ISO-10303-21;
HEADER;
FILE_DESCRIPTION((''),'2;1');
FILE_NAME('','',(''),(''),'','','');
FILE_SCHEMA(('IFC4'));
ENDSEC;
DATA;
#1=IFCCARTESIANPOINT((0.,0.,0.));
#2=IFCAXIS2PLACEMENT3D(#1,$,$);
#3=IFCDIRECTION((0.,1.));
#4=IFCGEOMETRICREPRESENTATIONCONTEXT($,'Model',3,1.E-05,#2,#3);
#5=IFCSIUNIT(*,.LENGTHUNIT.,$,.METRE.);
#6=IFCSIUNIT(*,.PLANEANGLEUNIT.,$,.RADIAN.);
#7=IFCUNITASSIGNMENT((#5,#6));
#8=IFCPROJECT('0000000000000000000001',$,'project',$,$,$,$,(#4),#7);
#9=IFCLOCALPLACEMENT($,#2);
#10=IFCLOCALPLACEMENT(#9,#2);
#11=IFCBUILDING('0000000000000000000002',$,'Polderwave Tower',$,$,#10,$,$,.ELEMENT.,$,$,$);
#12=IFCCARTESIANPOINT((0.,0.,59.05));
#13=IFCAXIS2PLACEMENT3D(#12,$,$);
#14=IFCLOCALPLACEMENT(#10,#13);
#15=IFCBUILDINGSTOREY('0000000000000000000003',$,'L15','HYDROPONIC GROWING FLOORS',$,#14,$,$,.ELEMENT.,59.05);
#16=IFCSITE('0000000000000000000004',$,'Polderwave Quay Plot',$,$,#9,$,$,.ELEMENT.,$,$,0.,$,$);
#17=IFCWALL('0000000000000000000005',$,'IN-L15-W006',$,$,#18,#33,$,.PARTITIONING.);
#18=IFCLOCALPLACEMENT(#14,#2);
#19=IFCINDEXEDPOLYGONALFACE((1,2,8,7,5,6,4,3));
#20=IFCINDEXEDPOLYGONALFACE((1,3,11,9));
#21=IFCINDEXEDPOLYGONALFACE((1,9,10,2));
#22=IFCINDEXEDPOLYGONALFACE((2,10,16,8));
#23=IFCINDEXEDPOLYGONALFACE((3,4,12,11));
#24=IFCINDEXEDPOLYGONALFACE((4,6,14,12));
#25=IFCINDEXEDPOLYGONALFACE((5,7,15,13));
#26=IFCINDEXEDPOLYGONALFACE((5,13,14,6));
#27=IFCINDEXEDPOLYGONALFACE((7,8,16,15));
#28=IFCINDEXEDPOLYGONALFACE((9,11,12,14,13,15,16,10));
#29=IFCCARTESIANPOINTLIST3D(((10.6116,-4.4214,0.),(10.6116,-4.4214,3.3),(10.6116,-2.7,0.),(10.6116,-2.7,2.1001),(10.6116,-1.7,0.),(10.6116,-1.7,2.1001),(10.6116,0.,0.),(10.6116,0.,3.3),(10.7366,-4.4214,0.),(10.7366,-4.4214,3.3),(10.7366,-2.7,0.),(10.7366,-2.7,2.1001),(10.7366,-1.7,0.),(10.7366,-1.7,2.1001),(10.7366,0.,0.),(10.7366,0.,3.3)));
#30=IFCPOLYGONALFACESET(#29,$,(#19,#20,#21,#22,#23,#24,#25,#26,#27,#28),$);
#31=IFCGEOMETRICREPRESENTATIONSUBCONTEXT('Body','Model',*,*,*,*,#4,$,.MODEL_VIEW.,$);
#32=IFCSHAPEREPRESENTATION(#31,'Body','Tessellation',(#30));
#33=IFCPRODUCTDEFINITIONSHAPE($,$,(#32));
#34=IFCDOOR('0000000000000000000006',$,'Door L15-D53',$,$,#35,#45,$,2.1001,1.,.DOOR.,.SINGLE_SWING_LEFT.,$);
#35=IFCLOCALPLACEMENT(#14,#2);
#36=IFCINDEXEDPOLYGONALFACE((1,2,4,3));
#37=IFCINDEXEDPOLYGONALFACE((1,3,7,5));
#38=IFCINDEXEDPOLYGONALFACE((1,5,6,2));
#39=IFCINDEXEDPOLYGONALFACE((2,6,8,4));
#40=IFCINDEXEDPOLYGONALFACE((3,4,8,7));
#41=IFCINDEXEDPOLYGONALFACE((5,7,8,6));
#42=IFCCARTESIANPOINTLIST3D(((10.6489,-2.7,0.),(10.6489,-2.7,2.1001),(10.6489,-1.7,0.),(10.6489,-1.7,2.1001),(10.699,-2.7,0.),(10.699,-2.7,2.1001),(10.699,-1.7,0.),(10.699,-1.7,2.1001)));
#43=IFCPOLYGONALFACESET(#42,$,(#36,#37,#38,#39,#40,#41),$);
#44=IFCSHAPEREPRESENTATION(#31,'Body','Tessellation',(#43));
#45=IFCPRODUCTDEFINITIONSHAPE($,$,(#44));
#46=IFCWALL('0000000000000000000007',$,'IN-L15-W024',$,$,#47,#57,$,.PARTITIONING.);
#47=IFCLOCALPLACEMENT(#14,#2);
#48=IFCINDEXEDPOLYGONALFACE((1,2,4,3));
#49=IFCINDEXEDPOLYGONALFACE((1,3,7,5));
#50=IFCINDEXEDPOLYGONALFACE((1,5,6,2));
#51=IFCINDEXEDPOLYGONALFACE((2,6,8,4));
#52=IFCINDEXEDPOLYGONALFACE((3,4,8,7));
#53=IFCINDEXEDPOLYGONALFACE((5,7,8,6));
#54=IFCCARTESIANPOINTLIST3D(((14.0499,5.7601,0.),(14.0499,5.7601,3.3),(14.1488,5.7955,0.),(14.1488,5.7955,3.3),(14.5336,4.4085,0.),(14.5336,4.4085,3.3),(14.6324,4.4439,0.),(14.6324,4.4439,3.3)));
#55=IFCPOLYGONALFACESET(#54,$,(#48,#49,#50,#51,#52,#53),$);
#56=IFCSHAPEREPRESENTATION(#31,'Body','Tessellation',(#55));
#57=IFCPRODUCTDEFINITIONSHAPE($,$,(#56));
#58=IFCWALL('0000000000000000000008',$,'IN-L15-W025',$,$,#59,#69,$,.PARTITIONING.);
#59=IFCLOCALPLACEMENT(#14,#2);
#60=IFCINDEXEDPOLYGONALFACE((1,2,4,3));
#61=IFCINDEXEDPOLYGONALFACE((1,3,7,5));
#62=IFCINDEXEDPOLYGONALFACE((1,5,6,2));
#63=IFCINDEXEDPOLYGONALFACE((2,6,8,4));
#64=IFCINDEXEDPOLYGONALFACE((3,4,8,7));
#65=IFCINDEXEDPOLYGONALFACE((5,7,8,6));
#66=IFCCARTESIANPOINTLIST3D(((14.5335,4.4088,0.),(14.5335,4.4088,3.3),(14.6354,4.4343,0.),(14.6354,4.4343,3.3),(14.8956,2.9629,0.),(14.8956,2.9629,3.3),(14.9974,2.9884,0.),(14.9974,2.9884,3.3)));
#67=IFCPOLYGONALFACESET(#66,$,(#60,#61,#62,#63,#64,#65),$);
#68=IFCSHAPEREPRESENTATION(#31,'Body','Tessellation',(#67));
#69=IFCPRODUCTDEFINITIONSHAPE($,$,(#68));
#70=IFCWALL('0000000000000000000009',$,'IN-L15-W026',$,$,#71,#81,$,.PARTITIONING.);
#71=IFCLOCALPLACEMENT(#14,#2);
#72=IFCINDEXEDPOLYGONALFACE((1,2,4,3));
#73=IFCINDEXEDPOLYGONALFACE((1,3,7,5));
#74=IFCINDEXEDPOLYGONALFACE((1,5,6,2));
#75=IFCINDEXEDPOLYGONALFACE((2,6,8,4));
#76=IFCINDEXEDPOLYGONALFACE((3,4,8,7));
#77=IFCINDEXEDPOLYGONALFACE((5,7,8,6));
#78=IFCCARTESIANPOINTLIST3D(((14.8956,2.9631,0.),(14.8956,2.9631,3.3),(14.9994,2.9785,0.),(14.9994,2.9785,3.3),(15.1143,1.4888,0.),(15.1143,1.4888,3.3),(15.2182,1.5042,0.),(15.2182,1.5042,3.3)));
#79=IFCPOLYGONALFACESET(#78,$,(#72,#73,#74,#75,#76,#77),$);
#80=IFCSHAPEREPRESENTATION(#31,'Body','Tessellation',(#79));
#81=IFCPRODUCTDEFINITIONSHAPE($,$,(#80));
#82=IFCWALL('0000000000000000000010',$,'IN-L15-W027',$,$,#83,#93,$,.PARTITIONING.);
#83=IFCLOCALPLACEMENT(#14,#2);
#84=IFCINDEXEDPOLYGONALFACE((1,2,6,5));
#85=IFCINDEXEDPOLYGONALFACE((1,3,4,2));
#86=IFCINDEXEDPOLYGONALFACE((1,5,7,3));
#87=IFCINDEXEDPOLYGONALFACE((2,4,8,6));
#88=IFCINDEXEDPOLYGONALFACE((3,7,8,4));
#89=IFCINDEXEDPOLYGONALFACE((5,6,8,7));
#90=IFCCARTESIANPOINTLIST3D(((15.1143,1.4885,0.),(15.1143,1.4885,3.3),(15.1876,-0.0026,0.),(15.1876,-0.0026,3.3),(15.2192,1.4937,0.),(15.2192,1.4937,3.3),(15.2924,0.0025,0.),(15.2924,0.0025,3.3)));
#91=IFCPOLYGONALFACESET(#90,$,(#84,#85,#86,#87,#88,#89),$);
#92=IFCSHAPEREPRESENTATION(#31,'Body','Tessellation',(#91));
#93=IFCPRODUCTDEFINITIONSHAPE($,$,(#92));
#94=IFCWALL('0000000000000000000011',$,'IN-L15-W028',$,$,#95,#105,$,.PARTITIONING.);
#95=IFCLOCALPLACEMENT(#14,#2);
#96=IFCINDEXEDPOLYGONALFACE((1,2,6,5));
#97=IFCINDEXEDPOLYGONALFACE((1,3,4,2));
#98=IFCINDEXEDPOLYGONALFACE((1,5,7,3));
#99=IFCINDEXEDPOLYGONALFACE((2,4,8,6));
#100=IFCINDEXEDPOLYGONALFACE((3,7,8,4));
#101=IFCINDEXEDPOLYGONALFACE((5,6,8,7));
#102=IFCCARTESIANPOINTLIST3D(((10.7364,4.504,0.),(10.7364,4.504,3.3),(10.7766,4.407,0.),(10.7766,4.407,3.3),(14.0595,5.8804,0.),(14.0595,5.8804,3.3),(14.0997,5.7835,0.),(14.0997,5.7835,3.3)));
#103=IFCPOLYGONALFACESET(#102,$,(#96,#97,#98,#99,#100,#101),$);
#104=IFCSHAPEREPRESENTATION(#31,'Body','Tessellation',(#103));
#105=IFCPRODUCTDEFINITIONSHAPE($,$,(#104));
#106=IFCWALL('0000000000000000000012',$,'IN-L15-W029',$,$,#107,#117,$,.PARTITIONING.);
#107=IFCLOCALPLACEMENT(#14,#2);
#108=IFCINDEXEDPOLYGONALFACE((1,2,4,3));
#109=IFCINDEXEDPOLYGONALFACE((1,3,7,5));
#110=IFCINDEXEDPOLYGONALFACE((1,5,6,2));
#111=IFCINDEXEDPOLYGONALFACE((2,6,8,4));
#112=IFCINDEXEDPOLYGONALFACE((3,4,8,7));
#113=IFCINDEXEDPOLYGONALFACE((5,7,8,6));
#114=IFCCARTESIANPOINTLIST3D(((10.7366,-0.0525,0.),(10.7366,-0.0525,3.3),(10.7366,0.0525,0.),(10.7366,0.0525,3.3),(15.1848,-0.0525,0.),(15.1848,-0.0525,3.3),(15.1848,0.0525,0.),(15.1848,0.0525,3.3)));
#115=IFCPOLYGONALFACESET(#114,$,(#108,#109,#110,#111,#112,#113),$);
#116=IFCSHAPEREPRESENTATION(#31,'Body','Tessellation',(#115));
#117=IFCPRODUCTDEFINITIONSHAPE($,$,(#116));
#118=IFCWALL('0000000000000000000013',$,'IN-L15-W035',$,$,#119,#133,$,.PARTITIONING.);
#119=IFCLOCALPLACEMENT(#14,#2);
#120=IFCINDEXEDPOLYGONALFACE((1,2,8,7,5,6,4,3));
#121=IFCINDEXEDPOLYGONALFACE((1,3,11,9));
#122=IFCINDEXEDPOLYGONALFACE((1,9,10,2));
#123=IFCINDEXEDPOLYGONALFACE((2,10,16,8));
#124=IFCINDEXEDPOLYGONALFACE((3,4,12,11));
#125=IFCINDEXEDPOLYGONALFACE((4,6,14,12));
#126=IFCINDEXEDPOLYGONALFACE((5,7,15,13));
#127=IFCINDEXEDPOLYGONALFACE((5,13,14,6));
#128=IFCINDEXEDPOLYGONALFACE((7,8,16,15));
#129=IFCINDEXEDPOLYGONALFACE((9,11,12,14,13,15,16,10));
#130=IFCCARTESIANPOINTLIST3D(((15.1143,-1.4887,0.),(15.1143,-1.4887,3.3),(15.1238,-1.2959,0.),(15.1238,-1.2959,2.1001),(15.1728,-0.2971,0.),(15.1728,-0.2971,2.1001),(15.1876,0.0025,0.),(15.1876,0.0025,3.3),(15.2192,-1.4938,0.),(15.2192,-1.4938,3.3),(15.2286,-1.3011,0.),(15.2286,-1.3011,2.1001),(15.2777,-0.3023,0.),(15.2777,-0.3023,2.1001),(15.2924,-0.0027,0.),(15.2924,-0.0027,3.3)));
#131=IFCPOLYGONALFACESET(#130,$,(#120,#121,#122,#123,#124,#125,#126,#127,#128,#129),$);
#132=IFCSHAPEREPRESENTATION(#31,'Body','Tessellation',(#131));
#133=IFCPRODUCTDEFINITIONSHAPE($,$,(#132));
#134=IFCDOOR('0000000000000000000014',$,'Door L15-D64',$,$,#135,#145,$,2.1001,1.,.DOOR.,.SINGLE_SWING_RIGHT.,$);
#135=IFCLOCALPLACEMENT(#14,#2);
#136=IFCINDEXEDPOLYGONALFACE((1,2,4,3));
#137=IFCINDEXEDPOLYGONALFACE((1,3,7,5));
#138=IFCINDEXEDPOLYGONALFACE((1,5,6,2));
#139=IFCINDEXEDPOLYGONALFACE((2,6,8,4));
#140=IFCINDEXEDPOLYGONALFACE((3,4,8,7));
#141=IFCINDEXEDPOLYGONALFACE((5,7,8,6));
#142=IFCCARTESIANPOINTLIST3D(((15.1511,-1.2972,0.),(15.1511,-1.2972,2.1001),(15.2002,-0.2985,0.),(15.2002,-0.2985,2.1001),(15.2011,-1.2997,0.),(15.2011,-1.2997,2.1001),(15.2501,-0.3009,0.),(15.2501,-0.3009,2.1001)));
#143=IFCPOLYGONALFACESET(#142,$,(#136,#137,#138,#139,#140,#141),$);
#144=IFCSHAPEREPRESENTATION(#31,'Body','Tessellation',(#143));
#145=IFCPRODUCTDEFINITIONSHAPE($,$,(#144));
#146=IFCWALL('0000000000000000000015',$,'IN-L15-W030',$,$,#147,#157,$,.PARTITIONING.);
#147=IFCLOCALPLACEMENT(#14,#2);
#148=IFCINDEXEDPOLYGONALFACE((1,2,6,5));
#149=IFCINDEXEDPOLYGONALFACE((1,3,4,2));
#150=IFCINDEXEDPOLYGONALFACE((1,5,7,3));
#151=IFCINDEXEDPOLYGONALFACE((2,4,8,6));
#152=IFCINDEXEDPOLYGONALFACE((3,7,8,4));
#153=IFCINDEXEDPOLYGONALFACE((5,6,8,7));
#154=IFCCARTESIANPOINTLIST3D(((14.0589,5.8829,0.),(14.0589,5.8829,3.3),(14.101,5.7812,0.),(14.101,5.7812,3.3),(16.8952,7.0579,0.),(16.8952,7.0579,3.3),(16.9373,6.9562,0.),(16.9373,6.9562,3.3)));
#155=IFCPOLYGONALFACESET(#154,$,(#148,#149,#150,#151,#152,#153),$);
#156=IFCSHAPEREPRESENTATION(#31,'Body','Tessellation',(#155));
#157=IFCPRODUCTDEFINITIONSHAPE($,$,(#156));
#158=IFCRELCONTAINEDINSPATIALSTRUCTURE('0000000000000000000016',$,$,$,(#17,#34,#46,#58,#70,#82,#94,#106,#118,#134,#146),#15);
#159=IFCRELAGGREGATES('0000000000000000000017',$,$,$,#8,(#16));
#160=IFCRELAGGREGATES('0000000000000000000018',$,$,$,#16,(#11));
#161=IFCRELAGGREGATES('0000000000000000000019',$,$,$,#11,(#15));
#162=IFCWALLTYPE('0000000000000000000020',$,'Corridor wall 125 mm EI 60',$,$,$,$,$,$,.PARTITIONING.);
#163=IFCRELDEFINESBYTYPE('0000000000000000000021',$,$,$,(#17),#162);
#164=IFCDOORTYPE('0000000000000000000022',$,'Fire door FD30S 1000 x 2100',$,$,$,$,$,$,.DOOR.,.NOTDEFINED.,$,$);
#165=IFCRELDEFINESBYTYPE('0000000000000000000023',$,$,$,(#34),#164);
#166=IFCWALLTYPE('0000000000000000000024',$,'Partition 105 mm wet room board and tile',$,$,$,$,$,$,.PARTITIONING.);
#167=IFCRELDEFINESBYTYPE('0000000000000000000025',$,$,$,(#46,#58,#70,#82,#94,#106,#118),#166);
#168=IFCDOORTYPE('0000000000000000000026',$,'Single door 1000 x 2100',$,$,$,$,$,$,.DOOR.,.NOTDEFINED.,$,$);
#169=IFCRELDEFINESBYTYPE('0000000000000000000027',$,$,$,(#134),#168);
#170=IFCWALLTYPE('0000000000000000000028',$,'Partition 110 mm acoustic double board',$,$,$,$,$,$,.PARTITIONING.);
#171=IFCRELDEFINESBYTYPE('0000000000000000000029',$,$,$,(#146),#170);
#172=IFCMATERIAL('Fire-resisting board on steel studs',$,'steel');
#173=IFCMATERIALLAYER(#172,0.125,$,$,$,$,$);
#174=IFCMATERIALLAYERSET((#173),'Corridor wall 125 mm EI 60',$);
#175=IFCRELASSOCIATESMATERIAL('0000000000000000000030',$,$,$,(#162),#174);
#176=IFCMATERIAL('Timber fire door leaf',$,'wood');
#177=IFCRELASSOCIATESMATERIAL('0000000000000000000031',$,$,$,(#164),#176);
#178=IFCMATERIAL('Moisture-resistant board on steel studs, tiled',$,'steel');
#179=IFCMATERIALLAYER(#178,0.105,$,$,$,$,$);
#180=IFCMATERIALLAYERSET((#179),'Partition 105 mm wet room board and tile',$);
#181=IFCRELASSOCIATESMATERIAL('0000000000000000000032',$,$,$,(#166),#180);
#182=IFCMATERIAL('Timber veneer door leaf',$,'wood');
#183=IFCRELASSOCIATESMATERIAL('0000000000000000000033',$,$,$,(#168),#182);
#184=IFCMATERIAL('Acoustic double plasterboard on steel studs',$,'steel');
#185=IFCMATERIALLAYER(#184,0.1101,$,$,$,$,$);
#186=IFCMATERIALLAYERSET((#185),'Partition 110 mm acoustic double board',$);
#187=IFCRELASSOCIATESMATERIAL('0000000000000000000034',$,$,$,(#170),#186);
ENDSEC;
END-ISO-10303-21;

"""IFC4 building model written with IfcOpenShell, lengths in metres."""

from ifc_helpers import new_model, si_unit, direction, frame, frame_2d, origin, place, context, subcontext, project, spatial, rectangle, extrude, material, layer, layer_set, type_object, element, fill, save


model = new_model("IFC4")

# Units and contexts
model_context = context("Model", 3, precision=1e-05, world=origin(), true_north=direction((0.0, 1.0)))
body_context = subcontext(model_context, "Body", "Model", "MODEL_VIEW")
ifc_project = project(units=[si_unit("LENGTHUNIT", "METRE"), si_unit("PLANEANGLEUNIT", "RADIAN")], contexts=[model_context])

# Site, building, storey
site_placement = place(None, origin())
site = spatial("IfcSite", under=ifc_project, at=site_placement, Name="Polderwave Quay Plot", CompositionType="ELEMENT", RefElevation=0.0)
building_placement = place(site_placement, origin())
building = spatial("IfcBuilding", under=site, at=building_placement, Name="Polderwave Tower", CompositionType="ELEMENT")
storey_placement = place(building_placement, frame((0.0, 0.0, 59.05)))
storey = spatial("IfcBuildingStorey", under=building, at=storey_placement, Name="L15", Description="HYDROPONIC GROWING FLOORS", CompositionType="ELEMENT", Elevation=59.05)

# Shared definitions
ifc_material_1 = material(Name="Fire-resisting board on steel studs", Category="steel")
ifc_layer_1 = layer(ifc_material_1, 0.125)
ifc_layer_set_1 = layer_set([ifc_layer_1], Name="Corridor wall 125 mm EI 60")
wall_type_1 = type_object("IfcWallType", Name="Corridor wall 125 mm EI 60", PredefinedType="PARTITIONING", material=ifc_layer_set_1)
ifc_material_2 = material(Name="Timber fire door leaf", Category="wood")
door_type_1 = type_object("IfcDoorType", Name="Fire door FD30S 1000 x 2100", OperationType="NOTDEFINED", PredefinedType="DOOR", material=ifc_material_2)

# Wall, opening, door
wall_1_placement = place(storey_placement, frame((10.6741, 0.0, 0.0), z_axis=(0.0, 0.0, 1.0), x_axis=(0.0, -1.0, 0.0)))
wall_1 = element("IfcWall", 1, at=wall_1_placement, inside=storey, type_object=wall_type_1, Name="IN-L15-W006", PredefinedType="PARTITIONING", context=body_context, shape_type="SweptSolid", body=[
    extrude(rectangle(XDim=4.4214, YDim=0.125, at=frame_2d((2.2107, 0.0))), origin(), (0.0, 0.0, 1.0), 3.3),
])
opening_1_placement = place(wall_1_placement, frame((1.7, 0.0, 0.0)))
opening_1 = element("IfcOpeningElement", 2, at=opening_1_placement, cuts=wall_1, PredefinedType="OPENING", context=body_context, shape_type="SweptSolid", body=[
    extrude(rectangle(XDim=1.0, YDim=2.1001, at=frame_2d((0.5, 1.05))), frame((0.0, 0.0725, 0.0), z_axis=(0.0, -1.0, 0.0), x_axis=(1.0, 0.0, 0.0)), (0.0, 0.0, 1.0), 0.145),
])
door_1_placement = place(opening_1_placement, origin())
door_1 = element("IfcDoor", 3, at=door_1_placement, inside=storey, type_object=door_type_1, Name="Door L15-D53", OperationType="SINGLE_SWING_LEFT", OverallHeight=2.1001, OverallWidth=1.0, PredefinedType="DOOR", context=body_context, shape_type="SweptSolid", body=[
    extrude(rectangle(XDim=1.0, YDim=2.1001, at=frame_2d((0.5, 1.05))), frame((0.0, 0.0249, 0.0), z_axis=(0.0, -1.0, 0.0), x_axis=(1.0, 0.0, 0.0)), (0.0, 0.0, 1.0), 0.05),
])
fill(opening_1, door_1)

# Walls
ifc_material_3 = material(Name="Moisture-resistant board on steel studs, tiled", Category="steel")
ifc_layer_2 = layer(ifc_material_3, 0.105)
ifc_layer_set_2 = layer_set([ifc_layer_2], Name="Partition 105 mm wet room board and tile")
wall_type_2 = type_object("IfcWallType", Name="Partition 105 mm wet room board and tile", PredefinedType="PARTITIONING", material=ifc_layer_set_2)
wall_2_placement = place(storey_placement, frame((14.0994, 5.7778, 0.0), z_axis=(0.0, 0.0, 1.0), x_axis=(0.336918, -0.941534, 0.0)))
element("IfcWall", 4, at=wall_2_placement, inside=storey, type_object=wall_type_2, Name="IN-L15-W024", PredefinedType="PARTITIONING", context=body_context, shape_type="SweptSolid", body=[
    extrude(rectangle(XDim=1.4355, YDim=0.105, at=frame_2d((0.7178, 0.0))), origin(), (0.0, 0.0, 1.0), 3.3),
])
for number, where, z_axis, x_axis, name in (
    (5, (14.5845, 4.4214, 0.0), (0.0, 0.0, 1.0), (0.242921, -0.970046, 0.0), "IN-L15-W025"),
    (6, (14.9475, 2.9707, 0.0), (0.0, 0.0, 1.0), (0.146762, -0.989172, 0.0), "IN-L15-W026"),
):
    element("IfcWall", number, at=place(storey_placement, frame(where, z_axis=z_axis, x_axis=x_axis)), inside=storey, type_object=wall_type_2, Name=name, PredefinedType="PARTITIONING", context=body_context, shape_type="SweptSolid", body=[
        extrude(rectangle(XDim=1.4905, YDim=0.105, at=frame_2d((0.7451, 0.0))), origin(), (0.0, 0.0, 1.0), 3.3),
    ])
wall_3_placement = place(storey_placement, frame((15.1667, 1.4912, 0.0), z_axis=(0.0, 0.0, 1.0), x_axis=(0.049057, -0.998796, 0.0)))
element("IfcWall", 7, at=wall_3_placement, inside=storey, type_object=wall_type_2, Name="IN-L15-W027", PredefinedType="PARTITIONING", context=body_context, shape_type="SweptSolid", body=[
    extrude(rectangle(XDim=1.4929, YDim=0.105, at=frame_2d((0.7466, 0.0))), origin(), (0.0, 0.0, 1.0), 3.3),
])
wall_4_placement = place(storey_placement, frame((10.7566, 4.4556, 0.0), z_axis=(0.0, 0.0, 1.0), x_axis=(0.923886, 0.382668, 0.0)))
element("IfcWall", 8, at=wall_4_placement, inside=storey, type_object=wall_type_2, Name="IN-L15-W028", PredefinedType="PARTITIONING", context=body_context, shape_type="SweptSolid", body=[
    extrude(rectangle(XDim=3.5969, YDim=0.105, at=frame_2d((1.7983, 0.0))), origin(), (0.0, 0.0, 1.0), 3.3),
])
wall_5_placement = place(storey_placement, frame((15.1848, 0.0, 0.0), z_axis=(0.0, 0.0, 1.0), x_axis=(-1.0, 0.0, 0.0)))
element("IfcWall", 9, at=wall_5_placement, inside=storey, type_object=wall_type_2, Name="IN-L15-W029", PredefinedType="PARTITIONING", context=body_context, shape_type="SweptSolid", body=[
    extrude(rectangle(XDim=4.4482, YDim=0.105, at=frame_2d((2.2241, 0.0))), origin(), (0.0, 0.0, 1.0), 3.3),
])

# Wall, opening, door
wall_6_placement = place(storey_placement, frame((15.24, 0.0, 0.0), z_axis=(0.0, 0.0, 1.0), x_axis=(-0.049057, -0.998796, 0.0)))
wall_6 = element("IfcWall", 10, at=wall_6_placement, inside=storey, type_object=wall_type_2, Name="IN-L15-W035", PredefinedType="PARTITIONING", context=body_context, shape_type="SweptSolid", body=[
    extrude(rectangle(XDim=1.4929, YDim=0.105, at=frame_2d((0.7466, 0.0))), origin(), (0.0, 0.0, 1.0), 3.3),
])
opening_2_placement = place(wall_6_placement, frame((0.3, 0.0, 0.0)))
opening_2 = element("IfcOpeningElement", 11, at=opening_2_placement, cuts=wall_6, PredefinedType="OPENING", context=body_context, shape_type="SweptSolid", body=[
    extrude(rectangle(XDim=1.0, YDim=2.1001, at=frame_2d((0.5, 1.05))), frame((0.0, 0.0625, 0.0), z_axis=(0.0, -1.0, 0.0), x_axis=(1.0, 0.0, 0.0)), (0.0, 0.0, 1.0), 0.125),
])
ifc_material_4 = material(Name="Timber veneer door leaf", Category="wood")
door_type_2 = type_object("IfcDoorType", Name="Single door 1000 x 2100", OperationType="NOTDEFINED", PredefinedType="DOOR", material=ifc_material_4)
door_2_placement = place(opening_2_placement, origin())
door_2 = element("IfcDoor", 12, at=door_2_placement, inside=storey, type_object=door_type_2, Name="Door L15-D64", OperationType="SINGLE_SWING_RIGHT", OverallHeight=2.1001, OverallWidth=1.0, PredefinedType="DOOR", context=body_context, shape_type="SweptSolid", body=[
    extrude(rectangle(XDim=1.0, YDim=2.1001, at=frame_2d((0.5, 1.05))), frame((0.0, 0.0249, 0.0), z_axis=(0.0, -1.0, 0.0), x_axis=(1.0, 0.0, 0.0)), (0.0, 0.0, 1.0), 0.05),
])
fill(opening_2, door_2)

# Wall
ifc_material_5 = material(Name="Acoustic double plasterboard on steel studs", Category="steel")
ifc_layer_3 = layer(ifc_material_5, 0.1101)
ifc_layer_set_3 = layer_set([ifc_layer_3], Name="Partition 110 mm acoustic double board")
wall_type_3 = type_object("IfcWallType", Name="Partition 110 mm acoustic double board", PredefinedType="PARTITIONING", material=ifc_layer_set_3)
wall_7_placement = place(storey_placement, frame((14.0798, 5.832, 0.0), z_axis=(0.0, 0.0, 1.0), x_axis=(0.923861, 0.382729, 0.0)))
element("IfcWall", 13, at=wall_7_placement, inside=storey, type_object=wall_type_3, Name="IN-L15-W030", PredefinedType="PARTITIONING", context=body_context, shape_type="SweptSolid", body=[
    extrude(rectangle(XDim=3.0701, YDim=0.1101, at=frame_2d((1.5352, 0.0))), origin(), (0.0, 0.0, 1.0), 3.3),
])

save(model, "model.ifc")
